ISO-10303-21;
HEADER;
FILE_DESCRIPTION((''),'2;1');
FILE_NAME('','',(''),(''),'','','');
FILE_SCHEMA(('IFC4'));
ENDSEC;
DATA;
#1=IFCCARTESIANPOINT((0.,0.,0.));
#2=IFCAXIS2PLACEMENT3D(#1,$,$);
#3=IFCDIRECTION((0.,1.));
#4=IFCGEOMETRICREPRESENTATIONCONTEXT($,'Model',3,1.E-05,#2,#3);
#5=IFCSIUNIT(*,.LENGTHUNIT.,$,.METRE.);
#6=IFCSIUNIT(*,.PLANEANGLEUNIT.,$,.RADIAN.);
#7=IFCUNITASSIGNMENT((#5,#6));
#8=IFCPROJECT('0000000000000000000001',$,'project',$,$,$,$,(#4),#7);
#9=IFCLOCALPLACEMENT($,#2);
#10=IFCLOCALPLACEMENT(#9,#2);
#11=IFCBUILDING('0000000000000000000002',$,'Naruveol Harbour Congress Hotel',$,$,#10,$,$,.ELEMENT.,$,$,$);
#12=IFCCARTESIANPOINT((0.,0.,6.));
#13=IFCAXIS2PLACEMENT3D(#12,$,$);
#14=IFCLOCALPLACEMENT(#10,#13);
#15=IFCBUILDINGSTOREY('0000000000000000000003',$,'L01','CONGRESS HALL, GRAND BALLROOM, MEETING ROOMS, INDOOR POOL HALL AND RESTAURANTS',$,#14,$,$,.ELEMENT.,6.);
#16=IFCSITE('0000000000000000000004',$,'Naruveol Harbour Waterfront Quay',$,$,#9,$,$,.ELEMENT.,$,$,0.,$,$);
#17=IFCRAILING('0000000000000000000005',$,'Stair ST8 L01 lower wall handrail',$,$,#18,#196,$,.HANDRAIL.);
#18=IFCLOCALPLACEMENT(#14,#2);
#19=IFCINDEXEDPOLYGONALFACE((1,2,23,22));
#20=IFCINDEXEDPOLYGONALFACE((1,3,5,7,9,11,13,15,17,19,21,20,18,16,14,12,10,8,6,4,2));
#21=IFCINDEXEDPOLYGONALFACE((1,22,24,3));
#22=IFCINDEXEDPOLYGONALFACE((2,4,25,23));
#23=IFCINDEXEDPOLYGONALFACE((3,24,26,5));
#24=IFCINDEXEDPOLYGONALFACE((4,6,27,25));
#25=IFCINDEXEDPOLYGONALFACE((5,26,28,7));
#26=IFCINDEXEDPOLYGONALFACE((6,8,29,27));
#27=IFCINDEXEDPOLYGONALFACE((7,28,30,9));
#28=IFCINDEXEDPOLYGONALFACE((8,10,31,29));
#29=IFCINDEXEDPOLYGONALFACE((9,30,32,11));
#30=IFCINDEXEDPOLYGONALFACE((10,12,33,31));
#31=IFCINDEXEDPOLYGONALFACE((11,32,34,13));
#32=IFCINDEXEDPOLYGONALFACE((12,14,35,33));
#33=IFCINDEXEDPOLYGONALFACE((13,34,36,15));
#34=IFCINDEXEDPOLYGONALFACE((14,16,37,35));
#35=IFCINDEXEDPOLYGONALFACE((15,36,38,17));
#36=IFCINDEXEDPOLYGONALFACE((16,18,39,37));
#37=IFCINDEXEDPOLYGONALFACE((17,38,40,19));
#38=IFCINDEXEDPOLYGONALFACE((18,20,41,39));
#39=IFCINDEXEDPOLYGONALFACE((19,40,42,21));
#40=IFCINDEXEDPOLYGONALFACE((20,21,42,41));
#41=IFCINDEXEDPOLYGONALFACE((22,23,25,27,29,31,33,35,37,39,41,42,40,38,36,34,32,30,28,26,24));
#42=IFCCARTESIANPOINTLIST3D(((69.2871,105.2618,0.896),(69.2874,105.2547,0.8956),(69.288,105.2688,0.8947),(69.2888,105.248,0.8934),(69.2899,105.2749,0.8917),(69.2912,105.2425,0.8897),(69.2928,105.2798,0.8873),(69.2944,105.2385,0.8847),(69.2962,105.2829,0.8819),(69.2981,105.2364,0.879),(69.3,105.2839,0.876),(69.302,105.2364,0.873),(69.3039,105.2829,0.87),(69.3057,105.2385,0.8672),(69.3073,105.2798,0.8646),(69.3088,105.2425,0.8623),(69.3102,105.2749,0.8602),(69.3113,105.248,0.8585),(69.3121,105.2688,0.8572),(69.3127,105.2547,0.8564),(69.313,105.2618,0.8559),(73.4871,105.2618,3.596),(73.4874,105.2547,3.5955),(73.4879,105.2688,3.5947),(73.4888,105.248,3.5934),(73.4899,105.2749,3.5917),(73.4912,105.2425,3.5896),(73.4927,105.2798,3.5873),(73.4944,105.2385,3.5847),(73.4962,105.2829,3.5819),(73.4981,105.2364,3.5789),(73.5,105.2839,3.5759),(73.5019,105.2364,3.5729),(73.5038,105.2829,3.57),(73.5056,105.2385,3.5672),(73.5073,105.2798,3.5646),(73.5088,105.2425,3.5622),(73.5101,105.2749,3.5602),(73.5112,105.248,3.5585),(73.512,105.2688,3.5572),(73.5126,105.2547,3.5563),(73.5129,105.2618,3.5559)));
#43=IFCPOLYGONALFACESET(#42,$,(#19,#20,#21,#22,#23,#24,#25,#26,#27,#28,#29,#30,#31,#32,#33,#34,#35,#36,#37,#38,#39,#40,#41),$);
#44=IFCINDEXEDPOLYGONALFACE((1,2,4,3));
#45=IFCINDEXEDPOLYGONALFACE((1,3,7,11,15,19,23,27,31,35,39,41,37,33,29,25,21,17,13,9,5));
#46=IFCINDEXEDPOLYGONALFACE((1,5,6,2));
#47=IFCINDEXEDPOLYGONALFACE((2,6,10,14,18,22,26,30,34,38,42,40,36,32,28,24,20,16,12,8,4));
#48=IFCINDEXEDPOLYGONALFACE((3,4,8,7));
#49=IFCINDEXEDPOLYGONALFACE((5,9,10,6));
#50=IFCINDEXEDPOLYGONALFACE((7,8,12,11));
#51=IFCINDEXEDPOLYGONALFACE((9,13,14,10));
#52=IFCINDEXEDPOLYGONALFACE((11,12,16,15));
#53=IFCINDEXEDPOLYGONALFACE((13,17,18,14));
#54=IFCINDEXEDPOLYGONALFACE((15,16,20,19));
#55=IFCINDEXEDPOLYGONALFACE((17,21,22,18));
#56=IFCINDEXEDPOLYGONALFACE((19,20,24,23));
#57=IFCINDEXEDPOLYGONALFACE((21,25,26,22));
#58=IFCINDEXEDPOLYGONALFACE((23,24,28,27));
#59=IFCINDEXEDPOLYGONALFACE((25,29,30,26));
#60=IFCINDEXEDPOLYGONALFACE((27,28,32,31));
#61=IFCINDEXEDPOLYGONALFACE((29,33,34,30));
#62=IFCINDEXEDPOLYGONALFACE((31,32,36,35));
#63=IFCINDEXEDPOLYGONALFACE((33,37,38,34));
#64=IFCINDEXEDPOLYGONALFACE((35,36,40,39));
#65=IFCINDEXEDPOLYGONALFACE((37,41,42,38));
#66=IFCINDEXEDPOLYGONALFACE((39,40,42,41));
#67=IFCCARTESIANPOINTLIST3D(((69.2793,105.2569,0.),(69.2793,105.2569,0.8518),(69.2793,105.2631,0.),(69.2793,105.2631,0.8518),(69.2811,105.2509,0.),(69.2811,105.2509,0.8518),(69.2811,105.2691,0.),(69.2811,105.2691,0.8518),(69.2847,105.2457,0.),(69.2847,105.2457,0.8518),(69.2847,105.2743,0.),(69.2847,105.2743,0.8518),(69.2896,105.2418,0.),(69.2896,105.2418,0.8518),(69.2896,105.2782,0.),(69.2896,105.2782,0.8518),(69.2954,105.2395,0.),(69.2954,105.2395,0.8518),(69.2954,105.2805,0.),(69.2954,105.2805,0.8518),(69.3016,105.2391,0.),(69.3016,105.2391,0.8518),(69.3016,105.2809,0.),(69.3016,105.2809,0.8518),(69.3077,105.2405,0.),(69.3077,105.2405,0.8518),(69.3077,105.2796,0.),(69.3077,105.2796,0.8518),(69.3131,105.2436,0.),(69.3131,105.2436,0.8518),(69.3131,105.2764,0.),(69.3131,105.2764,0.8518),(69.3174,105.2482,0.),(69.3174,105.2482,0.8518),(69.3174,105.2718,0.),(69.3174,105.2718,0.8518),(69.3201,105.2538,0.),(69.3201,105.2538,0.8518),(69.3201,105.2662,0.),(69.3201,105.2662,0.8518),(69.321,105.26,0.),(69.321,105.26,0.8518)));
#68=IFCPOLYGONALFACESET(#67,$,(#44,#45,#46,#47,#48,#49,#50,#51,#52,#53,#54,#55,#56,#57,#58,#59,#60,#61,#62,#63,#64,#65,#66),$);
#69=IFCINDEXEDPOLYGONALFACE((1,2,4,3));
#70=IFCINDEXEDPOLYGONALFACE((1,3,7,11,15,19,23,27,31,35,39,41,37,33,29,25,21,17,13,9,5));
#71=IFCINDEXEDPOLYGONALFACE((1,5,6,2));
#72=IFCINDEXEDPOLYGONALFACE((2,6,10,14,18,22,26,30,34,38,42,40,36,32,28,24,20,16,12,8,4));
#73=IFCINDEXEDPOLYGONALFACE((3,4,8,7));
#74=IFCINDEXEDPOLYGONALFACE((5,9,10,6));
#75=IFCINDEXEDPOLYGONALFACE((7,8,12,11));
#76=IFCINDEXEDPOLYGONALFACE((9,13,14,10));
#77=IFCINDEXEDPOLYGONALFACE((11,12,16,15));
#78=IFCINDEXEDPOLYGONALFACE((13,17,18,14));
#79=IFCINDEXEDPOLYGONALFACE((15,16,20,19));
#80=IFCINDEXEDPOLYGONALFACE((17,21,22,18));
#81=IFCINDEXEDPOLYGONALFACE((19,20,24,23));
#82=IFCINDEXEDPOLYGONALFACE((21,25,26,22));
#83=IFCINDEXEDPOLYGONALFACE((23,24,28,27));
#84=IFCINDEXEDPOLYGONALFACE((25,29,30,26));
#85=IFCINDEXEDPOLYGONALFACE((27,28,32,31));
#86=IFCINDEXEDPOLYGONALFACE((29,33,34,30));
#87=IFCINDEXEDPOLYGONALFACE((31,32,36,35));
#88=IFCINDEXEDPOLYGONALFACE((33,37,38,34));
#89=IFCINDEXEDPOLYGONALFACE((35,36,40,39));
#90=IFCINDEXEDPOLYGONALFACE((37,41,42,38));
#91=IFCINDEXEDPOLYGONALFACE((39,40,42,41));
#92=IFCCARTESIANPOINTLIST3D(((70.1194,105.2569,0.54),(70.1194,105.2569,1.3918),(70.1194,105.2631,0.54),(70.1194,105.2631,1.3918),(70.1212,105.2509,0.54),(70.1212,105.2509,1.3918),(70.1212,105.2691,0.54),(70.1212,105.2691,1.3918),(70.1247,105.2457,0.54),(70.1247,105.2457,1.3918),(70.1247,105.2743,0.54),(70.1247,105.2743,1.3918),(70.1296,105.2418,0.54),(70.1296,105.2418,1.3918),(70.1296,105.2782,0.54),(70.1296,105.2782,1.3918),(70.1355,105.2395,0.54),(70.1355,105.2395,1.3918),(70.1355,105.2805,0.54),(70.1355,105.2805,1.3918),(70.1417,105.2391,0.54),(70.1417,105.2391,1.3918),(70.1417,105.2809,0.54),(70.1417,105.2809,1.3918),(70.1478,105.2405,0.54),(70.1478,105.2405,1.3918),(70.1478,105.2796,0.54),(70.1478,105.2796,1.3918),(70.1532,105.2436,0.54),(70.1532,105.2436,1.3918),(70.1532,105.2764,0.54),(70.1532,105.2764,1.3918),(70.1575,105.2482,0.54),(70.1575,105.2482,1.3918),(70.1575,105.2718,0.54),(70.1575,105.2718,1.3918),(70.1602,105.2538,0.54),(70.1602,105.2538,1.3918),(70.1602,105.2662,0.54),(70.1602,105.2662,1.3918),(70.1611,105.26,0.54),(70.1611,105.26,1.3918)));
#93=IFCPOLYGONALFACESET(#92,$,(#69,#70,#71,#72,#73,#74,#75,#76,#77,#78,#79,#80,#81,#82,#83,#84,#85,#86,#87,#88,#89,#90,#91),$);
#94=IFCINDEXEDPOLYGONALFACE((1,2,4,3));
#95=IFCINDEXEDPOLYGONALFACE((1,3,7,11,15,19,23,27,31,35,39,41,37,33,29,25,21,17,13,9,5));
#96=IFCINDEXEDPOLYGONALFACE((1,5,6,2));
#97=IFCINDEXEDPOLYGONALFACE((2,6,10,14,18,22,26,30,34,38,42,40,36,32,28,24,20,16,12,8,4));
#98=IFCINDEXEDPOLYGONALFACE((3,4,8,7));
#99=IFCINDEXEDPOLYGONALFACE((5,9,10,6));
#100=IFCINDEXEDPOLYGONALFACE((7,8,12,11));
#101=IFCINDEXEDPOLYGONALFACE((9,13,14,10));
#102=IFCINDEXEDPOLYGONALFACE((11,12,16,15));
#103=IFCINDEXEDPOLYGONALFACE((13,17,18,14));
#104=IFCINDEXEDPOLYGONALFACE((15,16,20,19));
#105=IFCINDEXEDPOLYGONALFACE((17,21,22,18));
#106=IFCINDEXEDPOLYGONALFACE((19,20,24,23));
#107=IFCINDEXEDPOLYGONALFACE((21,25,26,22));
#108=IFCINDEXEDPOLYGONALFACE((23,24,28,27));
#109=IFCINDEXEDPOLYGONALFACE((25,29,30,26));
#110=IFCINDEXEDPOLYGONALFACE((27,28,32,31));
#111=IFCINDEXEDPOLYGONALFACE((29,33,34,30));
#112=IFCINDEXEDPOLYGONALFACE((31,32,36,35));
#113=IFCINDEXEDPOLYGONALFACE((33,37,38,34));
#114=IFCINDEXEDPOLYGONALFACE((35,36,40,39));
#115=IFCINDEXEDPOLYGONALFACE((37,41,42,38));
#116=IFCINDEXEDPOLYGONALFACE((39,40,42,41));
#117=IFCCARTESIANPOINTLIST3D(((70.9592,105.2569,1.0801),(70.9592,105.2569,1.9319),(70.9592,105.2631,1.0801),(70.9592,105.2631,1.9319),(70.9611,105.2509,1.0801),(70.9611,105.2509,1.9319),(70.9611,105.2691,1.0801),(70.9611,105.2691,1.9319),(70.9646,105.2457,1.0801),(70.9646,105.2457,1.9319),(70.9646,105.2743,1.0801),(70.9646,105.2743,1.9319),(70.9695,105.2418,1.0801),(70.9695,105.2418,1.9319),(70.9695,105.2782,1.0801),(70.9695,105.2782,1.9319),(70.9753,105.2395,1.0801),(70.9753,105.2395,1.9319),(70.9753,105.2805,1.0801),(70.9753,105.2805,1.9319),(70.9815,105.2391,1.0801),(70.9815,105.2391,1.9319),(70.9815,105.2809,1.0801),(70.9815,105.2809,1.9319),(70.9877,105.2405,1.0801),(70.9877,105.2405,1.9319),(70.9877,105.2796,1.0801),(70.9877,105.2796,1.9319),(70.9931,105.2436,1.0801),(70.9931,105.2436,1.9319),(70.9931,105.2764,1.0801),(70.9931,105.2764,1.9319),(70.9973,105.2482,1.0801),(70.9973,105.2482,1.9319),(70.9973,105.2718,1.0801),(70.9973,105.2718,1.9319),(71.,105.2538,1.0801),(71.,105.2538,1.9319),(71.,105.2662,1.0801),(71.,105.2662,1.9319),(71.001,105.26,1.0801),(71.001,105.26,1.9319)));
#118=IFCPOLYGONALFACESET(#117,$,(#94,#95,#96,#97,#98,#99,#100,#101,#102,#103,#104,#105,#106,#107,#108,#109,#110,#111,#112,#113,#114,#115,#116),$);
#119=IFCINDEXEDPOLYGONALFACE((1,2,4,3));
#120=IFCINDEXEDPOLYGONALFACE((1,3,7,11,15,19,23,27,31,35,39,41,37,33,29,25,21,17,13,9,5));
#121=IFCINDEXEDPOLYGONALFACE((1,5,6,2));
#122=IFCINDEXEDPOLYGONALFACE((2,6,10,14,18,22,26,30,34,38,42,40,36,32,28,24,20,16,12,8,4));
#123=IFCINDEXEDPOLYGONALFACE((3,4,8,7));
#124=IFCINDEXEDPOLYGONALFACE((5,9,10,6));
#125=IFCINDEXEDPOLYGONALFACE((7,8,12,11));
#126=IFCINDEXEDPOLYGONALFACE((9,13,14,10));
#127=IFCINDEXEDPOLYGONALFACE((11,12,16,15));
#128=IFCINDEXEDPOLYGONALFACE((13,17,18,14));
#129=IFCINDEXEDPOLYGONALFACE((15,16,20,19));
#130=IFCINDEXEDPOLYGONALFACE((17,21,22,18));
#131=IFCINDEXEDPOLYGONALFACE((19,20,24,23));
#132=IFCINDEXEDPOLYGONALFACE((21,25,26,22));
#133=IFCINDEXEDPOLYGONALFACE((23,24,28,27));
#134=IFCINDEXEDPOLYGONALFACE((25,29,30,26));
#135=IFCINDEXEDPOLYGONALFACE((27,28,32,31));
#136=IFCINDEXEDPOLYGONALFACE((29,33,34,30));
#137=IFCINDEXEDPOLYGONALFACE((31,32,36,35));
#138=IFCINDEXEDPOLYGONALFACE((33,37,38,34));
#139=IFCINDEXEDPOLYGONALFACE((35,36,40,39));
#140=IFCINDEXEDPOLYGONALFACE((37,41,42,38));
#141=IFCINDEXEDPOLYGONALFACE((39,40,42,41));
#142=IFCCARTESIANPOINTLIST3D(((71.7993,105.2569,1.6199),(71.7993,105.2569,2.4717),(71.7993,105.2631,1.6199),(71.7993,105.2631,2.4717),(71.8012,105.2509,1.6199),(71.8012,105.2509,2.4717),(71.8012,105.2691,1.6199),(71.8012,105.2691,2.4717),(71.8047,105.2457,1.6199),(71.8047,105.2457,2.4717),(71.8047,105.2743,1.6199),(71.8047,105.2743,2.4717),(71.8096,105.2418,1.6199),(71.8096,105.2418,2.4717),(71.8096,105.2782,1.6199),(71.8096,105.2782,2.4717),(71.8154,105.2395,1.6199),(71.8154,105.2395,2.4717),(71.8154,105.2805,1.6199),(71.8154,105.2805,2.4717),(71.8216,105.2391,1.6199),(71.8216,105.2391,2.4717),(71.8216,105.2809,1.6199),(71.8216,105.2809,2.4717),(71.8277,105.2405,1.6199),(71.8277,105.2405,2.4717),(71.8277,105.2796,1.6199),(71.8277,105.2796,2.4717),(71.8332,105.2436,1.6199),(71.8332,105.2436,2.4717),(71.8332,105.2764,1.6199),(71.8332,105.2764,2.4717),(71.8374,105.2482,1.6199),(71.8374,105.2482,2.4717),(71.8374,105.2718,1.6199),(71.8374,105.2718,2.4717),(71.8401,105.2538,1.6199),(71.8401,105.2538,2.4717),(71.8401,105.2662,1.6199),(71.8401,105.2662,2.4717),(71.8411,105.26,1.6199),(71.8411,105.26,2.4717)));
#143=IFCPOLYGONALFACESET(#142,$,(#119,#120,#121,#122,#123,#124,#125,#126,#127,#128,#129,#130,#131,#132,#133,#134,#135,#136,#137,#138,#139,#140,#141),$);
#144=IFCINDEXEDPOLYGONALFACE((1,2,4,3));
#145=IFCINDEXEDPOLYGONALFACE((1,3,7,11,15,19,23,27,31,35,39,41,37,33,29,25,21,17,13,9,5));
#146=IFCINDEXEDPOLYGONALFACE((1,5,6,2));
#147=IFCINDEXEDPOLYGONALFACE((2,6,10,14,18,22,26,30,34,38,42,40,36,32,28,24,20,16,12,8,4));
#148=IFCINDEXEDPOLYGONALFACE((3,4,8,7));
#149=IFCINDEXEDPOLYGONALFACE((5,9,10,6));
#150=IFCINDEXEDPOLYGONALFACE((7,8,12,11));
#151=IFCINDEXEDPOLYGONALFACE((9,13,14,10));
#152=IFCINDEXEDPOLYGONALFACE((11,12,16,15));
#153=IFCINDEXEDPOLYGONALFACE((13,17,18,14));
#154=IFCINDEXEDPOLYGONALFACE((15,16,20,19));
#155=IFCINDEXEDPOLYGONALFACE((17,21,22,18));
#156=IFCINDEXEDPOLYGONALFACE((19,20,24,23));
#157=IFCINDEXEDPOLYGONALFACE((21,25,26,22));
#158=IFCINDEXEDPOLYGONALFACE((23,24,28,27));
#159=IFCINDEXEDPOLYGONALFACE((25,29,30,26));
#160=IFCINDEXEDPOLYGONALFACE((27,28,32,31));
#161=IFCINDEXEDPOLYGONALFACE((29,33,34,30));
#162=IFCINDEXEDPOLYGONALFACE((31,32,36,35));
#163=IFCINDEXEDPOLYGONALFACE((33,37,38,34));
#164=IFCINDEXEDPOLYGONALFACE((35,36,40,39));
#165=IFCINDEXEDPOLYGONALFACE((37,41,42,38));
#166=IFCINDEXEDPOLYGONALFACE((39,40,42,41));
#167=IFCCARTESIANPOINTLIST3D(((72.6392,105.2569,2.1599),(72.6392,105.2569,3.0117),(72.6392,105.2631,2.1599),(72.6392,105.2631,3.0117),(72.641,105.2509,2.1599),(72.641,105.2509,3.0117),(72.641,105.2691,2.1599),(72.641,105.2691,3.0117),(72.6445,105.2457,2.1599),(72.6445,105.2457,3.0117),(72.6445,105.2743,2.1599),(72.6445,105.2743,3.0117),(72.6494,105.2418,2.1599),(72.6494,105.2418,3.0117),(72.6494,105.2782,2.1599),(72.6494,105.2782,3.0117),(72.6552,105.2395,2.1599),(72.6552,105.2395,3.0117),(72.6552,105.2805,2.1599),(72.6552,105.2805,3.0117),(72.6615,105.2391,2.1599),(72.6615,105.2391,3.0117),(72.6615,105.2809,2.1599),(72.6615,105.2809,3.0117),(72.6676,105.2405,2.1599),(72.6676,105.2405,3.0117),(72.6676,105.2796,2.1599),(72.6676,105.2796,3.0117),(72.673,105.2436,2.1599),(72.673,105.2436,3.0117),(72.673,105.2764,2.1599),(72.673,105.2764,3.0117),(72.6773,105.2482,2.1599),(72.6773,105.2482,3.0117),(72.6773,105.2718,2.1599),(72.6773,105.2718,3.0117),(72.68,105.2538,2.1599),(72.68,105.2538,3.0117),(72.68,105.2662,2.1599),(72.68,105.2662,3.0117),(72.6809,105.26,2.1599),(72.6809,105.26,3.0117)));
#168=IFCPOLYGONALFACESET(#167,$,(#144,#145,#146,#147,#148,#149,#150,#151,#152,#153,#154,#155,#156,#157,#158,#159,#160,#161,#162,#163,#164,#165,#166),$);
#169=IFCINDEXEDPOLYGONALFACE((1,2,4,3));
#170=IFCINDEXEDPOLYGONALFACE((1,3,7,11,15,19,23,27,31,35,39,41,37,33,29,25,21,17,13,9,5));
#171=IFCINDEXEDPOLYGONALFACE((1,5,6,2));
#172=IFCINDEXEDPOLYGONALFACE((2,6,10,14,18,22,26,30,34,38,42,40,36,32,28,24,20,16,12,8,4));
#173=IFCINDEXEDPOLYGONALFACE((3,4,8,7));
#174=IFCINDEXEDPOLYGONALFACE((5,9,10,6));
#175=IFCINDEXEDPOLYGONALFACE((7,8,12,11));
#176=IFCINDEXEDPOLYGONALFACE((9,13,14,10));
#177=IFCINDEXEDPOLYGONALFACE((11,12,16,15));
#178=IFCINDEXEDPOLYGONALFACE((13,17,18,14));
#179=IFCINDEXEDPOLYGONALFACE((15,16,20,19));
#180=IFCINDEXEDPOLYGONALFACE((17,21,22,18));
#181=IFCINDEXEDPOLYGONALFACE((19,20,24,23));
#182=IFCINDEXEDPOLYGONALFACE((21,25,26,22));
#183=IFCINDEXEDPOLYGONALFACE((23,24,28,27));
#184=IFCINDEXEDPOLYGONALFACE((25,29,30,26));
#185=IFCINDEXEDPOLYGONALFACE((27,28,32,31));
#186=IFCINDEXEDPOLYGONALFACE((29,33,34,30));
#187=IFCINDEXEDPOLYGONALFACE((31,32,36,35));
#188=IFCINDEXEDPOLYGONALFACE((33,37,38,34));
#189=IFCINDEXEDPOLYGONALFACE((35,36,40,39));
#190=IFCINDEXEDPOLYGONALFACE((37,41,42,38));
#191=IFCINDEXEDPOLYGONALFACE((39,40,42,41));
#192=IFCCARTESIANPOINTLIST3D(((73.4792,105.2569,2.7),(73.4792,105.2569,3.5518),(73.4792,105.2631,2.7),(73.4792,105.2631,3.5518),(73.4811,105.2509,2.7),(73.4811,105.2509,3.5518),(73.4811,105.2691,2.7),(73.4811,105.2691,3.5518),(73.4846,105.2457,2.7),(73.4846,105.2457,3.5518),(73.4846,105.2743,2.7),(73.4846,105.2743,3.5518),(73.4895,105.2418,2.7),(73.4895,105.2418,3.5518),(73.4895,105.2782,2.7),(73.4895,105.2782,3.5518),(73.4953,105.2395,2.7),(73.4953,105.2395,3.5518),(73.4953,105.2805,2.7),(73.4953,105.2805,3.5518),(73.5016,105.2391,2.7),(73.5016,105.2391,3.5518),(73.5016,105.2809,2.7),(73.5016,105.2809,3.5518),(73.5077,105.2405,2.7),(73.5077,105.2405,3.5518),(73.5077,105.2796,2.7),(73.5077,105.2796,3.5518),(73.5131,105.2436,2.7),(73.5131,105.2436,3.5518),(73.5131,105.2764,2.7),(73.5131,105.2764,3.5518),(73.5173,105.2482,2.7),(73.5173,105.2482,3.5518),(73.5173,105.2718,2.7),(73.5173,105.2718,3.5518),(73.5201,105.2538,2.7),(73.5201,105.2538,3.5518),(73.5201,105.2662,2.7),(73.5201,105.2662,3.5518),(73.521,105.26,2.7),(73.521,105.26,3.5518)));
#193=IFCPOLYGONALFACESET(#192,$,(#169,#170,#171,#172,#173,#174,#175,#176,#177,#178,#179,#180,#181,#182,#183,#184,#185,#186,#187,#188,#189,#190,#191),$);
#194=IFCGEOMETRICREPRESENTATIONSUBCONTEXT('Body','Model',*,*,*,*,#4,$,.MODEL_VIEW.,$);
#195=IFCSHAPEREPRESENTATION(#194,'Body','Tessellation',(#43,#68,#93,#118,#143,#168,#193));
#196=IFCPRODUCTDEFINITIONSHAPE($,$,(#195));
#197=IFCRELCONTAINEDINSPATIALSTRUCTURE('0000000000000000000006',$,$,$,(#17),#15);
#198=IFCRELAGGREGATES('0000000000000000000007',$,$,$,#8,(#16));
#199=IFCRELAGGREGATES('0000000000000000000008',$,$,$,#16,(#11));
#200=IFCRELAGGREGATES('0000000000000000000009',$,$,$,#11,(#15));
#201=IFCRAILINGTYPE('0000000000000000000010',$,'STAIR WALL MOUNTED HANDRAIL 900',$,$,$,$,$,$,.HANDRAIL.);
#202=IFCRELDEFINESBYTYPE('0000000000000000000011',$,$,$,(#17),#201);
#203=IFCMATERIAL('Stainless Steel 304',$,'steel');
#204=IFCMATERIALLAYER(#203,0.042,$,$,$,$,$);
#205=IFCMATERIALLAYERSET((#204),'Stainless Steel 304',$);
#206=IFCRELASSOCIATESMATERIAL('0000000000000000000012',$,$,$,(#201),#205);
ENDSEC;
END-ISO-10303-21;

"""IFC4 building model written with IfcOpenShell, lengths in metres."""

from ifc_helpers import new_model, si_unit, direction, frame, origin, origin_2d, place, context, subcontext, project, spatial, circle, extrude, material, layer, layer_set, type_object, element, save


model = new_model("IFC4")

# Units and contexts
model_context = context("Model", 3, precision=1e-05, world=origin(), true_north=direction((0.0, 1.0)))
body_context = subcontext(model_context, "Body", "Model", "MODEL_VIEW")
ifc_project = project(units=[si_unit("LENGTHUNIT", "METRE"), si_unit("PLANEANGLEUNIT", "RADIAN")], contexts=[model_context])

# Site, building, storey
site_placement = place(None, origin())
site = spatial("IfcSite", under=ifc_project, at=site_placement, Name="Naruveol Harbour Waterfront Quay", CompositionType="ELEMENT", RefElevation=0.0)
building_placement = place(site_placement, origin())
building = spatial("IfcBuilding", under=site, at=building_placement, Name="Naruveol Harbour Congress Hotel", CompositionType="ELEMENT")
storey_placement = place(building_placement, frame((0.0, 0.0, 6.0)))
storey = spatial("IfcBuildingStorey", under=building, at=storey_placement, Name="L01", Description="CONGRESS HALL, GRAND BALLROOM, MEETING ROOMS, INDOOR POOL HALL AND RESTAURANTS", CompositionType="ELEMENT", Elevation=6.0)

# Railing
ifc_material_1 = material(Name="Stainless Steel 304", Category="steel")
ifc_layer_1 = layer(ifc_material_1, 0.042)
ifc_layer_set_1 = layer_set([ifc_layer_1], Name="Stainless Steel 304")
railing_type_1 = type_object("IfcRailingType", Name="STAIR WALL MOUNTED HANDRAIL 900", PredefinedType="HANDRAIL", material=ifc_layer_set_1)
railing_1_placement = place(storey_placement, frame((69.3, 105.26, 0.0)))
element("IfcRailing", 1, at=railing_1_placement, inside=storey, type_object=railing_type_1, Name="Stair ST8 L01 lower wall handrail", PredefinedType="HANDRAIL", context=body_context, shape_type="SweptSolid", body=[
    extrude(circle(Radius=0.0239, at=origin_2d()), frame((0.0, 0.0, 0.876), z_axis=(0.84118, 0.0, 0.540755), x_axis=(0.0, 1.0, 0.0)), (0.0, 0.0, 1.0), 4.9929),
    extrude(circle(Radius=0.021, at=origin_2d()), origin(), (0.0, 0.0, 1.0), 0.8518),
    extrude(circle(Radius=0.021, at=origin_2d()), frame((0.8401, 0.0, 0.54)), (0.0, 0.0, 1.0), 0.8518),
    extrude(circle(Radius=0.021, at=origin_2d()), frame((1.6799, 0.0, 1.0801)), (0.0, 0.0, 1.0), 0.8518),
    extrude(circle(Radius=0.021, at=origin_2d()), frame((2.52, 0.0, 1.6199)), (0.0, 0.0, 1.0), 0.8518),
    extrude(circle(Radius=0.021, at=origin_2d()), frame((3.3599, 0.0, 2.1599)), (0.0, 0.0, 1.0), 0.8518),
    extrude(circle(Radius=0.021, at=origin_2d()), frame((4.2, 0.0, 2.7)), (0.0, 0.0, 1.0), 0.8518),
])

save(model, "model.ifc")
